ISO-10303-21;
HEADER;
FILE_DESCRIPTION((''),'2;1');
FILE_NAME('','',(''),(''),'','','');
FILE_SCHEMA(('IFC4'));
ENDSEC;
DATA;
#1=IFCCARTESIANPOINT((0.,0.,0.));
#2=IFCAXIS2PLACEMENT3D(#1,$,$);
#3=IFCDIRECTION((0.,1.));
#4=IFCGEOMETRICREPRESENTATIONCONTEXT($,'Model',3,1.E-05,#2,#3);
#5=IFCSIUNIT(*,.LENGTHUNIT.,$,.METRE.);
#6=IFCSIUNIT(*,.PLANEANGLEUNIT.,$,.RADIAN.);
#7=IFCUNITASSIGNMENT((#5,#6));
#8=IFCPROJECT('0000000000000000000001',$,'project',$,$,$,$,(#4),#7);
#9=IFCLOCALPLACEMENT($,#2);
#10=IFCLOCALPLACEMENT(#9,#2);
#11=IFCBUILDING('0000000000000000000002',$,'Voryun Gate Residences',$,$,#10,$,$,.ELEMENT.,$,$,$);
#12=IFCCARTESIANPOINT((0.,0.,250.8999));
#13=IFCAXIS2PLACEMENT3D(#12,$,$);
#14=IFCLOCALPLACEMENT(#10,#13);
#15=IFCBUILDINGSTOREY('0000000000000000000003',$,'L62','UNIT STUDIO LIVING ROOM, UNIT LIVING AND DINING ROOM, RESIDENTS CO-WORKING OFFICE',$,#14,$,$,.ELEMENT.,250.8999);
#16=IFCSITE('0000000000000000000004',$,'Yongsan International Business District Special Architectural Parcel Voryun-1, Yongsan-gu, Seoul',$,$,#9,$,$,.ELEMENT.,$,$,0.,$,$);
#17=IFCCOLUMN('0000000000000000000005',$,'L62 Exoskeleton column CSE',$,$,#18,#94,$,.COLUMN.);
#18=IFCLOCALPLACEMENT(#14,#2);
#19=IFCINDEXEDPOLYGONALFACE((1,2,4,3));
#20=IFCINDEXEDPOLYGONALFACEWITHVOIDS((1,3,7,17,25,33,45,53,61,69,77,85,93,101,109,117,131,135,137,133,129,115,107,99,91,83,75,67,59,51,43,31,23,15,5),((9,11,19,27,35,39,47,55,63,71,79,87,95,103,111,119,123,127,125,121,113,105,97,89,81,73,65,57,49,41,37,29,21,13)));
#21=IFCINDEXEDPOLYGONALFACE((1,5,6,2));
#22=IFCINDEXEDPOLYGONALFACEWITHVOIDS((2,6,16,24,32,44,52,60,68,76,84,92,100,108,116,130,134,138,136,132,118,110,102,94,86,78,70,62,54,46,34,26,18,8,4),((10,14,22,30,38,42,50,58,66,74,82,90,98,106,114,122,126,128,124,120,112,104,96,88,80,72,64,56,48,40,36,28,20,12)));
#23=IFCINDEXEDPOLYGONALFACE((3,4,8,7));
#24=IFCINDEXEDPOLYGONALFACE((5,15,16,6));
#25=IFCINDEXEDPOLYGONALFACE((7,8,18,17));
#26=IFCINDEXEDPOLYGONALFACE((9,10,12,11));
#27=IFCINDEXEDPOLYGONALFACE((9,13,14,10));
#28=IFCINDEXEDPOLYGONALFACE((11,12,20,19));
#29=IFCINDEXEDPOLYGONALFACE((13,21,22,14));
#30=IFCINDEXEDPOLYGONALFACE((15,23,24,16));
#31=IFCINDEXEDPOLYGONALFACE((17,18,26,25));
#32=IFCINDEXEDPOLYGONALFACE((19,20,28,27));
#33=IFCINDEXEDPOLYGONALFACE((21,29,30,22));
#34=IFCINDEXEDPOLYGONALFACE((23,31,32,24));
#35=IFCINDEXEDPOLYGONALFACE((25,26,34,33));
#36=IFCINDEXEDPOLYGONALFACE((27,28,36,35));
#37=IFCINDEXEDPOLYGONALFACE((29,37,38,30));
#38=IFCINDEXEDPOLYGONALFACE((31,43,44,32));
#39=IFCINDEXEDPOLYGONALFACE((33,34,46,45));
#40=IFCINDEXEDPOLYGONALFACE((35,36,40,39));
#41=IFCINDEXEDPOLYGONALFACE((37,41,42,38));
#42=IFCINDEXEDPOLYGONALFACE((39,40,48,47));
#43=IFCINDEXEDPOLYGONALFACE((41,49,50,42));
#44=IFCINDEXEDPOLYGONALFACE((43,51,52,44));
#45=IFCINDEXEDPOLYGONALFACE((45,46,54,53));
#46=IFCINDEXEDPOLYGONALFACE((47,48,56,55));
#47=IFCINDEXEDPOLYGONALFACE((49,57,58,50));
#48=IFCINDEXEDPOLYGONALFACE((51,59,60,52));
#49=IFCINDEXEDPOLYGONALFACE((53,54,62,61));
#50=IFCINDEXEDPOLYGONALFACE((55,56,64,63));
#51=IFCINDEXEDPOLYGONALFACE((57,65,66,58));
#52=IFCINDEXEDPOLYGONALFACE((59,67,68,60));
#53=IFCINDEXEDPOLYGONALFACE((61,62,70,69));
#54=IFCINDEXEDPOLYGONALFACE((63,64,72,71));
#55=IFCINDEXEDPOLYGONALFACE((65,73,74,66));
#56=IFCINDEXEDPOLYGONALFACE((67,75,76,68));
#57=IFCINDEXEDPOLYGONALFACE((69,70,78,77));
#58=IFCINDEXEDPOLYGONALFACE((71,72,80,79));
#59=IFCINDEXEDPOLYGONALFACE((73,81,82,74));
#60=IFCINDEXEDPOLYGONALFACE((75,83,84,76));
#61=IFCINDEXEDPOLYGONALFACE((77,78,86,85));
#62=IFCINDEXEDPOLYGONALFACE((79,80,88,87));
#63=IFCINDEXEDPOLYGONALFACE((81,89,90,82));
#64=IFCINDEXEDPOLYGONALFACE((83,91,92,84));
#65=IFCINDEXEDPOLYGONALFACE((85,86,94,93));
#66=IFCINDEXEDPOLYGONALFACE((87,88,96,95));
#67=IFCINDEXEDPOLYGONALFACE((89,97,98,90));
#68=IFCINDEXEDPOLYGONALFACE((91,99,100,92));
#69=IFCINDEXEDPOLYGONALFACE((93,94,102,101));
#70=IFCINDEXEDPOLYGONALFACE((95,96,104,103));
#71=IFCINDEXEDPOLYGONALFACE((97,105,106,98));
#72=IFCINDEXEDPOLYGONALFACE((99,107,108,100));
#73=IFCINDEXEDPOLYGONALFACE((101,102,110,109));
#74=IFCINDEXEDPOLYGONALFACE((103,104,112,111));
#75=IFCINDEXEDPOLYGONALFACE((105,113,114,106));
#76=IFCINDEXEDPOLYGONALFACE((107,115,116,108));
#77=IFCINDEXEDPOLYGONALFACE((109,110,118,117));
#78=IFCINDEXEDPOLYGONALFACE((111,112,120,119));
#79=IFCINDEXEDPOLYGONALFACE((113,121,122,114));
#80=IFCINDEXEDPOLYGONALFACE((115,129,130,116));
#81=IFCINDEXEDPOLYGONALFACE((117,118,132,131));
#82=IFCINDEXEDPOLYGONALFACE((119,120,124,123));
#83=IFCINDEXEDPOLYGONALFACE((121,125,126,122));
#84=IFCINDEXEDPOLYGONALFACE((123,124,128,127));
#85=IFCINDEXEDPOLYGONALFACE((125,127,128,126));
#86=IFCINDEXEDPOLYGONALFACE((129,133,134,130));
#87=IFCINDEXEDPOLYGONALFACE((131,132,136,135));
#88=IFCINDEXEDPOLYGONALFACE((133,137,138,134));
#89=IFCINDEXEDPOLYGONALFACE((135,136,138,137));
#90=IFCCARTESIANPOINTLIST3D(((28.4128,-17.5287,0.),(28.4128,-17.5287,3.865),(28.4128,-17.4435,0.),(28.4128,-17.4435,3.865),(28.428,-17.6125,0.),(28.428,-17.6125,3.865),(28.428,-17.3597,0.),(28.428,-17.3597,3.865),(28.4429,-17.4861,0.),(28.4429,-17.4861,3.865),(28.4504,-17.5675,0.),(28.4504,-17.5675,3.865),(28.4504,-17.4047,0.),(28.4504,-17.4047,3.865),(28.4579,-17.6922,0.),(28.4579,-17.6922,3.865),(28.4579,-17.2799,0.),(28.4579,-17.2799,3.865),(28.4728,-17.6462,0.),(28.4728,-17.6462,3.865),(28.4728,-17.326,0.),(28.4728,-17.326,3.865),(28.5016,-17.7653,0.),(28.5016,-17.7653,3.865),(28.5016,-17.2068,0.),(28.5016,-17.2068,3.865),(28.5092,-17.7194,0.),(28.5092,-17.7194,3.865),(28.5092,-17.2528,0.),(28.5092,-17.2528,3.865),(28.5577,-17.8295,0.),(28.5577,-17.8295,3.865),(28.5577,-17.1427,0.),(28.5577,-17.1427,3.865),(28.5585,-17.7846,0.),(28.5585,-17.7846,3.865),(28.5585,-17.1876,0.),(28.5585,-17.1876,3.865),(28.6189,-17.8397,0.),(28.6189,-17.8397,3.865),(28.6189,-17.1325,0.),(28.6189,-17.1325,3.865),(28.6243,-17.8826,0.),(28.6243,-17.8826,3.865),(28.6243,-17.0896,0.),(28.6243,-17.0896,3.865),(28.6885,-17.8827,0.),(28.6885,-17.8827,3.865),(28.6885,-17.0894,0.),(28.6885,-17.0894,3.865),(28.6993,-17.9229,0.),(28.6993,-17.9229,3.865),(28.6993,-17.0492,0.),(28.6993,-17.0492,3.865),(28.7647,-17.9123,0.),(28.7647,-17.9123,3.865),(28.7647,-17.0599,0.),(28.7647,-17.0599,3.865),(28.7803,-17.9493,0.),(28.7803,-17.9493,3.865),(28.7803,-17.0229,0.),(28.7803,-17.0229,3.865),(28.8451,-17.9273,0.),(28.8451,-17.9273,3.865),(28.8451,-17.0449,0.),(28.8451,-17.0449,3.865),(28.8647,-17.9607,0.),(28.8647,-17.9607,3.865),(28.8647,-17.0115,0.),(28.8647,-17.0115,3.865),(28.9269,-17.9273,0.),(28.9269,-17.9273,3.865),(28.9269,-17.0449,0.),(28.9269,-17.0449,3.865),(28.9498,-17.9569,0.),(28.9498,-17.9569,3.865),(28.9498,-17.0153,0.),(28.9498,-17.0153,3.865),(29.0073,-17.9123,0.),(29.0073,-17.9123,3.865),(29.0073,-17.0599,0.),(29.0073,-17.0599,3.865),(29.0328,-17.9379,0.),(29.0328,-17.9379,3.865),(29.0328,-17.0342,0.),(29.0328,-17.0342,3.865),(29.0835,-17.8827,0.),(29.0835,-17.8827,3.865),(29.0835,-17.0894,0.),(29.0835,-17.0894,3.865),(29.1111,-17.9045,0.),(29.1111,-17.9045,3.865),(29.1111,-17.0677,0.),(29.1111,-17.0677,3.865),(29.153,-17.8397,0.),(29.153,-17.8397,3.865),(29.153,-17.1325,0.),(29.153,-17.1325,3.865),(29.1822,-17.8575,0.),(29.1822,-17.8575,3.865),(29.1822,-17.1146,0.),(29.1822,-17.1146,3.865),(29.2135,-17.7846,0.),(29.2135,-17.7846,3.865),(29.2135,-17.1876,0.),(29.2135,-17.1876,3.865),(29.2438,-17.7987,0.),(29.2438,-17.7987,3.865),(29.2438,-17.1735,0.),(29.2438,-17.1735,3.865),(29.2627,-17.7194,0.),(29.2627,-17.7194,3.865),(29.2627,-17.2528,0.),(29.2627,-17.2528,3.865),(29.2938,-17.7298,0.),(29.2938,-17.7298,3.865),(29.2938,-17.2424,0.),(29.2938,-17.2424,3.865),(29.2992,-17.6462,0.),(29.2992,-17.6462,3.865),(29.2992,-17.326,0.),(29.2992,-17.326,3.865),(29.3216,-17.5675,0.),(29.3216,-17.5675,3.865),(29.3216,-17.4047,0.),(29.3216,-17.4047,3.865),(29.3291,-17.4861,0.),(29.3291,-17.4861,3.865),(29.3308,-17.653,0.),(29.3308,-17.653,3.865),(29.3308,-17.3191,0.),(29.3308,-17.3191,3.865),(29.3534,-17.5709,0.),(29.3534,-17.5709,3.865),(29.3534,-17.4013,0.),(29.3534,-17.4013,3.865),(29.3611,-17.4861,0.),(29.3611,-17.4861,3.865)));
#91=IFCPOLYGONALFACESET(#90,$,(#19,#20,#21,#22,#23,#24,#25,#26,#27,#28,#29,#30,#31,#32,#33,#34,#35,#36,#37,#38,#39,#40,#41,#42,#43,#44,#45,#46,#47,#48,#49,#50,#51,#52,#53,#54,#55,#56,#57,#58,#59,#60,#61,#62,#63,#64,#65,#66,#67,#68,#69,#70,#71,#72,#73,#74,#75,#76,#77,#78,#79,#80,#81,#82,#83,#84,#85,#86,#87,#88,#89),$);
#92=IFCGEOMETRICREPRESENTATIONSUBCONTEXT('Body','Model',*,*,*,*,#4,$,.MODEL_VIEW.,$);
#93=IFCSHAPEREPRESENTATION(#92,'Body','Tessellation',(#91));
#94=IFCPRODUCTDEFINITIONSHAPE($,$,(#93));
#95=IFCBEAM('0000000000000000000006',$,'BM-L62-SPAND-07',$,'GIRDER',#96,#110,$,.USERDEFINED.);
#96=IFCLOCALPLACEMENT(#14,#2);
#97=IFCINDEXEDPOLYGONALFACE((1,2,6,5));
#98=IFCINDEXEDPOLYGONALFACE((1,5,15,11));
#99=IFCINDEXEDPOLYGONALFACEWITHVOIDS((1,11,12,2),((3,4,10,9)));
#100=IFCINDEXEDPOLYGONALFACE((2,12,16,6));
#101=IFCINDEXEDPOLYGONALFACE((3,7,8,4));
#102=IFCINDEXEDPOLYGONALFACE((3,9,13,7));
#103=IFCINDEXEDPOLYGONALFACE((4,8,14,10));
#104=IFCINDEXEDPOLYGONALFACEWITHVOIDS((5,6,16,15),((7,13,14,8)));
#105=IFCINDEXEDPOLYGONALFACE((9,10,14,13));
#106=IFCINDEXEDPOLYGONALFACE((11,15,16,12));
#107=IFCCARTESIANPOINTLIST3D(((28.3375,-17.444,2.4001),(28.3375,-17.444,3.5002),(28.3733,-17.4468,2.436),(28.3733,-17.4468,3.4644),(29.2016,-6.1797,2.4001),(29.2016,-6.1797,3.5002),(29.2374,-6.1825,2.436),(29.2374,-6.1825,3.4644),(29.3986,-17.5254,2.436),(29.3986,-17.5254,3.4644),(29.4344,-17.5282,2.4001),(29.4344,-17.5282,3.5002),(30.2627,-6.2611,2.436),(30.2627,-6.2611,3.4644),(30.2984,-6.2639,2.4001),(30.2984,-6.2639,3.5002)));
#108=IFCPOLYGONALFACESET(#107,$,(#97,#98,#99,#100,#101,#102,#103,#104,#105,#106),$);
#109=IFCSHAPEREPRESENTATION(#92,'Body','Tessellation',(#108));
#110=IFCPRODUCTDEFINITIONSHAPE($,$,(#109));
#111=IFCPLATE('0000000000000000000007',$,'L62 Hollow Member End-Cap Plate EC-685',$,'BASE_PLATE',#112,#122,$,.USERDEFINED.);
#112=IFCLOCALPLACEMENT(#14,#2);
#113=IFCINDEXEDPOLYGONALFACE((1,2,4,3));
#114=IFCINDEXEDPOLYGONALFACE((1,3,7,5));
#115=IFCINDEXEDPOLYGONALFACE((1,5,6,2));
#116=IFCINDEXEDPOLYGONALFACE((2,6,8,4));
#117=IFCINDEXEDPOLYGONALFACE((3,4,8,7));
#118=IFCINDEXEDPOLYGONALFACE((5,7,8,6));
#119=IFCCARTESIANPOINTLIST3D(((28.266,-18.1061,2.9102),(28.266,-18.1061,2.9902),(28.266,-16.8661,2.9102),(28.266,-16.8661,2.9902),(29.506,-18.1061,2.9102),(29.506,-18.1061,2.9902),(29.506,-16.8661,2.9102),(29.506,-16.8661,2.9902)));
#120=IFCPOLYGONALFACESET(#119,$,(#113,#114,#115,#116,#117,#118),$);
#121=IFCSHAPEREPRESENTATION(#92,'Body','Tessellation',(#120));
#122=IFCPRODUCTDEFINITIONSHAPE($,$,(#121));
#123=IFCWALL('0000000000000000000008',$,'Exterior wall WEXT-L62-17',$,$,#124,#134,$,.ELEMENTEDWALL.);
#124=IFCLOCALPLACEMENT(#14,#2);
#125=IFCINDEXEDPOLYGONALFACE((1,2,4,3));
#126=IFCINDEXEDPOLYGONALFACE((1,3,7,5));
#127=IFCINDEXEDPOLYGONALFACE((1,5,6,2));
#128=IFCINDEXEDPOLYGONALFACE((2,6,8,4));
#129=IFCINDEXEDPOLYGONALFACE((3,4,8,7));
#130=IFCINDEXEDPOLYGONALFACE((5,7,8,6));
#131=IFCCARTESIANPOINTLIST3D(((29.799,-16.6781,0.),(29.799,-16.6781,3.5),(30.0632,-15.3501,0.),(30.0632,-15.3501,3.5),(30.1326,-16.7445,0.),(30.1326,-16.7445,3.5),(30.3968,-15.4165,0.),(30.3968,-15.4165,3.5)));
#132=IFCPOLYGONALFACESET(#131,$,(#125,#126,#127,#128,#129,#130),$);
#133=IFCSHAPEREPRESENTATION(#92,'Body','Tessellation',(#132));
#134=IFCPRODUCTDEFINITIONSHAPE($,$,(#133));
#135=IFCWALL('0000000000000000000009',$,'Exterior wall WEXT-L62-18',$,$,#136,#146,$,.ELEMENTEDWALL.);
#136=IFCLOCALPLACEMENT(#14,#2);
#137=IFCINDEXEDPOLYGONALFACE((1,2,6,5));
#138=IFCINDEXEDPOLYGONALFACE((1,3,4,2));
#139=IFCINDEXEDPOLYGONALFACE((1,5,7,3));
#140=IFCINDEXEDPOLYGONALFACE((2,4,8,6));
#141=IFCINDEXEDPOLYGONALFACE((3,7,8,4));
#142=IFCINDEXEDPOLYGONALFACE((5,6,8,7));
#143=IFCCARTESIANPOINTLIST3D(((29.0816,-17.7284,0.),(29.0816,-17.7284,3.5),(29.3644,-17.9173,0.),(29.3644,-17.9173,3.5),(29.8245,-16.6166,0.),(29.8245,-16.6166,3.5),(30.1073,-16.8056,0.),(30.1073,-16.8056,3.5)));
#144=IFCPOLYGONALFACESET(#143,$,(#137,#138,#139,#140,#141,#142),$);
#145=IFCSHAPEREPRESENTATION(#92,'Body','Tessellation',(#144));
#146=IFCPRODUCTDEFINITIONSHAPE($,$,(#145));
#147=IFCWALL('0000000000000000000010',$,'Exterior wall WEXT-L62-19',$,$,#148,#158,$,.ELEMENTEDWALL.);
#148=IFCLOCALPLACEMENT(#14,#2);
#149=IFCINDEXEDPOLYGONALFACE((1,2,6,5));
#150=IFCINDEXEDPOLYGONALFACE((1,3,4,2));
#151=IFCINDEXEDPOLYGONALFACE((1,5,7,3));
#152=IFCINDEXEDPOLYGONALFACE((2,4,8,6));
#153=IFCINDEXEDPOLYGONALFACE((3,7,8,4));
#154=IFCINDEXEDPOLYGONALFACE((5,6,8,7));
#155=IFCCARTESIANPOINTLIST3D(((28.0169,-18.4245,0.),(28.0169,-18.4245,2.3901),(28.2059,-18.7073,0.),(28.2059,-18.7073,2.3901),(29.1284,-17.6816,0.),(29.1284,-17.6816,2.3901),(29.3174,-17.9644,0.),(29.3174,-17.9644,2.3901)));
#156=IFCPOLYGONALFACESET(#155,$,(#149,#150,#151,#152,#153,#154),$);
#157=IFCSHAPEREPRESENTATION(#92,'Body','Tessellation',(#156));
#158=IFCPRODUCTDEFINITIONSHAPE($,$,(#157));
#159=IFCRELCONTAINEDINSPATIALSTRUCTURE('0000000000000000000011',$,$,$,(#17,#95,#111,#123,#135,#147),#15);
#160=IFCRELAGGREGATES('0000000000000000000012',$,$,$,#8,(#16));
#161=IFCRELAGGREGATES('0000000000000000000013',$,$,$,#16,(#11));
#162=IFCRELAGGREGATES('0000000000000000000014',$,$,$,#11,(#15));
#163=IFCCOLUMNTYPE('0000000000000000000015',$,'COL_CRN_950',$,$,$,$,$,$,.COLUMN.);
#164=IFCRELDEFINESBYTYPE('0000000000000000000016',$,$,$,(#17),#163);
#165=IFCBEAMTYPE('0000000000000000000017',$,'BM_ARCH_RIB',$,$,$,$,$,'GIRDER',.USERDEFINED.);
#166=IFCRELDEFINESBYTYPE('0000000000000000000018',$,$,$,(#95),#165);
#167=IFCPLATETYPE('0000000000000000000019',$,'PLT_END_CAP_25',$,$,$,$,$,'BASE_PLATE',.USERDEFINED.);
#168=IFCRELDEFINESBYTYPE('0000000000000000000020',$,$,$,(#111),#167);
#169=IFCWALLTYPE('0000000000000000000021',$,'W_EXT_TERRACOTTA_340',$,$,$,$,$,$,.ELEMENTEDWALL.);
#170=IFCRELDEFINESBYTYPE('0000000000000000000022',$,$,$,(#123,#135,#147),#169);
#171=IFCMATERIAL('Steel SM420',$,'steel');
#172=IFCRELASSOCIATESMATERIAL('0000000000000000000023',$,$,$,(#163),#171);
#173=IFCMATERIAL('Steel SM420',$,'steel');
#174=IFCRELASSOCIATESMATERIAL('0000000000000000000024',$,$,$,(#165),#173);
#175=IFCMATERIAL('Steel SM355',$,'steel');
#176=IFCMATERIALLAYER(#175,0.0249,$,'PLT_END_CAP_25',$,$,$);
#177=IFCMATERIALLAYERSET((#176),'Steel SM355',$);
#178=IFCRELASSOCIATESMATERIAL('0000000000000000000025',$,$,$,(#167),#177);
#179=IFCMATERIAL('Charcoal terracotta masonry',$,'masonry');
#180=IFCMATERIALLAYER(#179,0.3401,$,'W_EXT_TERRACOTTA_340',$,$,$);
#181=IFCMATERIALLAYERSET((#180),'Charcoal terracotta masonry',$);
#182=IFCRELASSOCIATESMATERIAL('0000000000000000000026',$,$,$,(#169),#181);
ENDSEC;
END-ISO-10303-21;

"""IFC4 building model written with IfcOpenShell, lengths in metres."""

from ifc_helpers import new_model, si_unit, direction, frame, frame_2d, origin, origin_2d, place, context, subcontext, project, spatial, rectangle, hollow_rectangle, hollow_circle, extrude, material, layer, layer_set, material_profile, profile_set, type_object, element, save


model = new_model("IFC4")

# Units and contexts
model_context = context("Model", 3, precision=1e-05, world=origin(), true_north=direction((0.0, 1.0)))
body_context = subcontext(model_context, "Body", "Model", "MODEL_VIEW")
ifc_project = project(units=[si_unit("LENGTHUNIT", "METRE"), si_unit("PLANEANGLEUNIT", "RADIAN")], contexts=[model_context])

# Site, building, storey
site_placement = place(None, origin())
site = spatial("IfcSite", under=ifc_project, at=site_placement, Name="Yongsan International Business District Special Architectural Parcel Voryun-1, Yongsan-gu, Seoul", CompositionType="ELEMENT", RefElevation=0.0)
building_placement = place(site_placement, origin())
building = spatial("IfcBuilding", under=site, at=building_placement, Name="Voryun Gate Residences", CompositionType="ELEMENT")
storey_placement = place(building_placement, frame((0.0, 0.0, 250.8999)))
storey = spatial("IfcBuildingStorey", under=building, at=storey_placement, Name="L62", Description="UNIT STUDIO LIVING ROOM, UNIT LIVING AND DINING ROOM, RESIDENTS CO-WORKING OFFICE", CompositionType="ELEMENT", Elevation=250.8999)

# Column
ifc_material_1 = material(Name="Steel SM420", Category="steel")
ifc_material_profile_1 = material_profile(ifc_material_1, hollow_circle(Radius=0.4751, WallThickness=0.032, at=origin_2d()), Name="CHS-950x32")
ifc_profile_set_1 = profile_set([ifc_material_profile_1], Name="Steel SM420")
column_type = type_object("IfcColumnType", Name="COL_CRN_950", PredefinedType="COLUMN", material=ifc_profile_set_1)
column_placement = place(storey_placement, frame((28.886, -17.4861, 0.0), z_axis=(0.0, 0.0, 1.0), x_axis=(1.0, 0.0, 0.0)))
element("IfcColumn", 1, at=column_placement, inside=storey, type_object=column_type, Name="L62 Exoskeleton column CSE", PredefinedType="COLUMN", context=body_context, shape_type="SweptSolid", body=[
    extrude(hollow_circle(Radius=0.4751, WallThickness=0.032, at=origin_2d()), origin(), (0.0, 0.0, 1.0), 3.865),
])

# Beam
ifc_material_2 = material(Name="Steel SM420", Category="steel")
ifc_material_profile_2 = material_profile(ifc_material_2, hollow_rectangle(XDim=1.1001, YDim=1.1001, WallThickness=0.0359, at=origin_2d()), Name="BOX-1100x1100x36")
ifc_profile_set_2 = profile_set([ifc_material_profile_2], Name="Steel SM420")
beam_type = type_object("IfcBeamType", Name="BM_ARCH_RIB", ElementType="GIRDER", PredefinedType="USERDEFINED", material=ifc_profile_set_2)
beam_placement = place(storey_placement, frame((28.886, -17.4861, 2.9502), z_axis=(0.07648, 0.997071, 0.0), x_axis=(-0.997071, 0.07648, 0.0)))
element("IfcBeam", 2, at=beam_placement, inside=storey, type_object=beam_type, Name="BM-L62-SPAND-07", ObjectType="GIRDER", PredefinedType="USERDEFINED", context=body_context, shape_type="SweptSolid", body=[
    extrude(hollow_rectangle(XDim=1.1001, YDim=1.1001, WallThickness=0.0359, at=origin_2d()), origin(), (0.0, 0.0, 1.0), 11.2974),
])

# Plate
ifc_material_3 = material(Name="Steel SM355", Category="steel")
ifc_layer_1 = layer(ifc_material_3, 0.0249, Name="PLT_END_CAP_25")
ifc_layer_set_1 = layer_set([ifc_layer_1], Name="Steel SM355")
plate_type = type_object("IfcPlateType", Name="PLT_END_CAP_25", ElementType="BASE_PLATE", PredefinedType="USERDEFINED", material=ifc_layer_set_1)
plate_placement = place(storey_placement, frame((28.886, -17.4861, 2.9102), z_axis=(0.0, 0.0, 1.0), x_axis=(1.0, 0.0, 0.0)))
element("IfcPlate", 3, at=plate_placement, inside=storey, type_object=plate_type, Name="L62 Hollow Member End-Cap Plate EC-685", ObjectType="BASE_PLATE", PredefinedType="USERDEFINED", context=body_context, shape_type="SweptSolid", body=[
    extrude(rectangle(XDim=1.24, YDim=1.24, at=origin_2d()), origin(), (0.0, 0.0, 1.0), 0.0801),
])

# Walls
ifc_material_4 = material(Name="Charcoal terracotta masonry", Category="masonry")
ifc_layer_2 = layer(ifc_material_4, 0.3401, Name="W_EXT_TERRACOTTA_340")
ifc_layer_set_2 = layer_set([ifc_layer_2], Name="Charcoal terracotta masonry")
wall_type_1 = type_object("IfcWallType", Name="W_EXT_TERRACOTTA_340", PredefinedType="ELEMENTEDWALL", material=ifc_layer_set_2)
wall_1_placement = place(storey_placement, frame((30.23, -15.3833, 0.0), z_axis=(0.0, 0.0, 1.0), x_axis=(-0.19511, -0.980781, 0.0)))
element("IfcWall", 4, at=wall_1_placement, inside=storey, type_object=wall_type_1, Name="Exterior wall WEXT-L62-17", PredefinedType="ELEMENTEDWALL", context=body_context, shape_type="SweptSolid", body=[
    extrude(rectangle(XDim=1.354, YDim=0.3401, at=frame_2d((0.677, 0.0))), origin(), (0.0, 0.0, 1.0), 3.5),
])
wall_2_placement = place(storey_placement, frame((29.9658, -16.7112, 0.0), z_axis=(0.0, 0.0, 1.0), x_axis=(-0.555585, -0.83146, 0.0)))
element("IfcWall", 5, at=wall_2_placement, inside=storey, type_object=wall_type_1, Name="Exterior wall WEXT-L62-18", PredefinedType="ELEMENTEDWALL", context=body_context, shape_type="SweptSolid", body=[
    extrude(rectangle(XDim=1.3372, YDim=0.3401, at=frame_2d((0.6685, 0.0))), origin(), (0.0, 0.0, 1.0), 3.5),
])
wall_3_placement = place(storey_placement, frame((29.2229, -17.823, 0.0), z_axis=(0.0, 0.0, 1.0), x_axis=(-0.831404, -0.555669, 0.0)))
element("IfcWall", 6, at=wall_3_placement, inside=storey, type_object=wall_type_1, Name="Exterior wall WEXT-L62-19", PredefinedType="ELEMENTEDWALL", context=body_context, shape_type="SweptSolid", body=[
    extrude(rectangle(XDim=1.3369, YDim=0.3401, at=frame_2d((0.6685, 0.0))), origin(), (0.0, 0.0, 1.0), 2.3901),
])

save(model, "model.ifc")
